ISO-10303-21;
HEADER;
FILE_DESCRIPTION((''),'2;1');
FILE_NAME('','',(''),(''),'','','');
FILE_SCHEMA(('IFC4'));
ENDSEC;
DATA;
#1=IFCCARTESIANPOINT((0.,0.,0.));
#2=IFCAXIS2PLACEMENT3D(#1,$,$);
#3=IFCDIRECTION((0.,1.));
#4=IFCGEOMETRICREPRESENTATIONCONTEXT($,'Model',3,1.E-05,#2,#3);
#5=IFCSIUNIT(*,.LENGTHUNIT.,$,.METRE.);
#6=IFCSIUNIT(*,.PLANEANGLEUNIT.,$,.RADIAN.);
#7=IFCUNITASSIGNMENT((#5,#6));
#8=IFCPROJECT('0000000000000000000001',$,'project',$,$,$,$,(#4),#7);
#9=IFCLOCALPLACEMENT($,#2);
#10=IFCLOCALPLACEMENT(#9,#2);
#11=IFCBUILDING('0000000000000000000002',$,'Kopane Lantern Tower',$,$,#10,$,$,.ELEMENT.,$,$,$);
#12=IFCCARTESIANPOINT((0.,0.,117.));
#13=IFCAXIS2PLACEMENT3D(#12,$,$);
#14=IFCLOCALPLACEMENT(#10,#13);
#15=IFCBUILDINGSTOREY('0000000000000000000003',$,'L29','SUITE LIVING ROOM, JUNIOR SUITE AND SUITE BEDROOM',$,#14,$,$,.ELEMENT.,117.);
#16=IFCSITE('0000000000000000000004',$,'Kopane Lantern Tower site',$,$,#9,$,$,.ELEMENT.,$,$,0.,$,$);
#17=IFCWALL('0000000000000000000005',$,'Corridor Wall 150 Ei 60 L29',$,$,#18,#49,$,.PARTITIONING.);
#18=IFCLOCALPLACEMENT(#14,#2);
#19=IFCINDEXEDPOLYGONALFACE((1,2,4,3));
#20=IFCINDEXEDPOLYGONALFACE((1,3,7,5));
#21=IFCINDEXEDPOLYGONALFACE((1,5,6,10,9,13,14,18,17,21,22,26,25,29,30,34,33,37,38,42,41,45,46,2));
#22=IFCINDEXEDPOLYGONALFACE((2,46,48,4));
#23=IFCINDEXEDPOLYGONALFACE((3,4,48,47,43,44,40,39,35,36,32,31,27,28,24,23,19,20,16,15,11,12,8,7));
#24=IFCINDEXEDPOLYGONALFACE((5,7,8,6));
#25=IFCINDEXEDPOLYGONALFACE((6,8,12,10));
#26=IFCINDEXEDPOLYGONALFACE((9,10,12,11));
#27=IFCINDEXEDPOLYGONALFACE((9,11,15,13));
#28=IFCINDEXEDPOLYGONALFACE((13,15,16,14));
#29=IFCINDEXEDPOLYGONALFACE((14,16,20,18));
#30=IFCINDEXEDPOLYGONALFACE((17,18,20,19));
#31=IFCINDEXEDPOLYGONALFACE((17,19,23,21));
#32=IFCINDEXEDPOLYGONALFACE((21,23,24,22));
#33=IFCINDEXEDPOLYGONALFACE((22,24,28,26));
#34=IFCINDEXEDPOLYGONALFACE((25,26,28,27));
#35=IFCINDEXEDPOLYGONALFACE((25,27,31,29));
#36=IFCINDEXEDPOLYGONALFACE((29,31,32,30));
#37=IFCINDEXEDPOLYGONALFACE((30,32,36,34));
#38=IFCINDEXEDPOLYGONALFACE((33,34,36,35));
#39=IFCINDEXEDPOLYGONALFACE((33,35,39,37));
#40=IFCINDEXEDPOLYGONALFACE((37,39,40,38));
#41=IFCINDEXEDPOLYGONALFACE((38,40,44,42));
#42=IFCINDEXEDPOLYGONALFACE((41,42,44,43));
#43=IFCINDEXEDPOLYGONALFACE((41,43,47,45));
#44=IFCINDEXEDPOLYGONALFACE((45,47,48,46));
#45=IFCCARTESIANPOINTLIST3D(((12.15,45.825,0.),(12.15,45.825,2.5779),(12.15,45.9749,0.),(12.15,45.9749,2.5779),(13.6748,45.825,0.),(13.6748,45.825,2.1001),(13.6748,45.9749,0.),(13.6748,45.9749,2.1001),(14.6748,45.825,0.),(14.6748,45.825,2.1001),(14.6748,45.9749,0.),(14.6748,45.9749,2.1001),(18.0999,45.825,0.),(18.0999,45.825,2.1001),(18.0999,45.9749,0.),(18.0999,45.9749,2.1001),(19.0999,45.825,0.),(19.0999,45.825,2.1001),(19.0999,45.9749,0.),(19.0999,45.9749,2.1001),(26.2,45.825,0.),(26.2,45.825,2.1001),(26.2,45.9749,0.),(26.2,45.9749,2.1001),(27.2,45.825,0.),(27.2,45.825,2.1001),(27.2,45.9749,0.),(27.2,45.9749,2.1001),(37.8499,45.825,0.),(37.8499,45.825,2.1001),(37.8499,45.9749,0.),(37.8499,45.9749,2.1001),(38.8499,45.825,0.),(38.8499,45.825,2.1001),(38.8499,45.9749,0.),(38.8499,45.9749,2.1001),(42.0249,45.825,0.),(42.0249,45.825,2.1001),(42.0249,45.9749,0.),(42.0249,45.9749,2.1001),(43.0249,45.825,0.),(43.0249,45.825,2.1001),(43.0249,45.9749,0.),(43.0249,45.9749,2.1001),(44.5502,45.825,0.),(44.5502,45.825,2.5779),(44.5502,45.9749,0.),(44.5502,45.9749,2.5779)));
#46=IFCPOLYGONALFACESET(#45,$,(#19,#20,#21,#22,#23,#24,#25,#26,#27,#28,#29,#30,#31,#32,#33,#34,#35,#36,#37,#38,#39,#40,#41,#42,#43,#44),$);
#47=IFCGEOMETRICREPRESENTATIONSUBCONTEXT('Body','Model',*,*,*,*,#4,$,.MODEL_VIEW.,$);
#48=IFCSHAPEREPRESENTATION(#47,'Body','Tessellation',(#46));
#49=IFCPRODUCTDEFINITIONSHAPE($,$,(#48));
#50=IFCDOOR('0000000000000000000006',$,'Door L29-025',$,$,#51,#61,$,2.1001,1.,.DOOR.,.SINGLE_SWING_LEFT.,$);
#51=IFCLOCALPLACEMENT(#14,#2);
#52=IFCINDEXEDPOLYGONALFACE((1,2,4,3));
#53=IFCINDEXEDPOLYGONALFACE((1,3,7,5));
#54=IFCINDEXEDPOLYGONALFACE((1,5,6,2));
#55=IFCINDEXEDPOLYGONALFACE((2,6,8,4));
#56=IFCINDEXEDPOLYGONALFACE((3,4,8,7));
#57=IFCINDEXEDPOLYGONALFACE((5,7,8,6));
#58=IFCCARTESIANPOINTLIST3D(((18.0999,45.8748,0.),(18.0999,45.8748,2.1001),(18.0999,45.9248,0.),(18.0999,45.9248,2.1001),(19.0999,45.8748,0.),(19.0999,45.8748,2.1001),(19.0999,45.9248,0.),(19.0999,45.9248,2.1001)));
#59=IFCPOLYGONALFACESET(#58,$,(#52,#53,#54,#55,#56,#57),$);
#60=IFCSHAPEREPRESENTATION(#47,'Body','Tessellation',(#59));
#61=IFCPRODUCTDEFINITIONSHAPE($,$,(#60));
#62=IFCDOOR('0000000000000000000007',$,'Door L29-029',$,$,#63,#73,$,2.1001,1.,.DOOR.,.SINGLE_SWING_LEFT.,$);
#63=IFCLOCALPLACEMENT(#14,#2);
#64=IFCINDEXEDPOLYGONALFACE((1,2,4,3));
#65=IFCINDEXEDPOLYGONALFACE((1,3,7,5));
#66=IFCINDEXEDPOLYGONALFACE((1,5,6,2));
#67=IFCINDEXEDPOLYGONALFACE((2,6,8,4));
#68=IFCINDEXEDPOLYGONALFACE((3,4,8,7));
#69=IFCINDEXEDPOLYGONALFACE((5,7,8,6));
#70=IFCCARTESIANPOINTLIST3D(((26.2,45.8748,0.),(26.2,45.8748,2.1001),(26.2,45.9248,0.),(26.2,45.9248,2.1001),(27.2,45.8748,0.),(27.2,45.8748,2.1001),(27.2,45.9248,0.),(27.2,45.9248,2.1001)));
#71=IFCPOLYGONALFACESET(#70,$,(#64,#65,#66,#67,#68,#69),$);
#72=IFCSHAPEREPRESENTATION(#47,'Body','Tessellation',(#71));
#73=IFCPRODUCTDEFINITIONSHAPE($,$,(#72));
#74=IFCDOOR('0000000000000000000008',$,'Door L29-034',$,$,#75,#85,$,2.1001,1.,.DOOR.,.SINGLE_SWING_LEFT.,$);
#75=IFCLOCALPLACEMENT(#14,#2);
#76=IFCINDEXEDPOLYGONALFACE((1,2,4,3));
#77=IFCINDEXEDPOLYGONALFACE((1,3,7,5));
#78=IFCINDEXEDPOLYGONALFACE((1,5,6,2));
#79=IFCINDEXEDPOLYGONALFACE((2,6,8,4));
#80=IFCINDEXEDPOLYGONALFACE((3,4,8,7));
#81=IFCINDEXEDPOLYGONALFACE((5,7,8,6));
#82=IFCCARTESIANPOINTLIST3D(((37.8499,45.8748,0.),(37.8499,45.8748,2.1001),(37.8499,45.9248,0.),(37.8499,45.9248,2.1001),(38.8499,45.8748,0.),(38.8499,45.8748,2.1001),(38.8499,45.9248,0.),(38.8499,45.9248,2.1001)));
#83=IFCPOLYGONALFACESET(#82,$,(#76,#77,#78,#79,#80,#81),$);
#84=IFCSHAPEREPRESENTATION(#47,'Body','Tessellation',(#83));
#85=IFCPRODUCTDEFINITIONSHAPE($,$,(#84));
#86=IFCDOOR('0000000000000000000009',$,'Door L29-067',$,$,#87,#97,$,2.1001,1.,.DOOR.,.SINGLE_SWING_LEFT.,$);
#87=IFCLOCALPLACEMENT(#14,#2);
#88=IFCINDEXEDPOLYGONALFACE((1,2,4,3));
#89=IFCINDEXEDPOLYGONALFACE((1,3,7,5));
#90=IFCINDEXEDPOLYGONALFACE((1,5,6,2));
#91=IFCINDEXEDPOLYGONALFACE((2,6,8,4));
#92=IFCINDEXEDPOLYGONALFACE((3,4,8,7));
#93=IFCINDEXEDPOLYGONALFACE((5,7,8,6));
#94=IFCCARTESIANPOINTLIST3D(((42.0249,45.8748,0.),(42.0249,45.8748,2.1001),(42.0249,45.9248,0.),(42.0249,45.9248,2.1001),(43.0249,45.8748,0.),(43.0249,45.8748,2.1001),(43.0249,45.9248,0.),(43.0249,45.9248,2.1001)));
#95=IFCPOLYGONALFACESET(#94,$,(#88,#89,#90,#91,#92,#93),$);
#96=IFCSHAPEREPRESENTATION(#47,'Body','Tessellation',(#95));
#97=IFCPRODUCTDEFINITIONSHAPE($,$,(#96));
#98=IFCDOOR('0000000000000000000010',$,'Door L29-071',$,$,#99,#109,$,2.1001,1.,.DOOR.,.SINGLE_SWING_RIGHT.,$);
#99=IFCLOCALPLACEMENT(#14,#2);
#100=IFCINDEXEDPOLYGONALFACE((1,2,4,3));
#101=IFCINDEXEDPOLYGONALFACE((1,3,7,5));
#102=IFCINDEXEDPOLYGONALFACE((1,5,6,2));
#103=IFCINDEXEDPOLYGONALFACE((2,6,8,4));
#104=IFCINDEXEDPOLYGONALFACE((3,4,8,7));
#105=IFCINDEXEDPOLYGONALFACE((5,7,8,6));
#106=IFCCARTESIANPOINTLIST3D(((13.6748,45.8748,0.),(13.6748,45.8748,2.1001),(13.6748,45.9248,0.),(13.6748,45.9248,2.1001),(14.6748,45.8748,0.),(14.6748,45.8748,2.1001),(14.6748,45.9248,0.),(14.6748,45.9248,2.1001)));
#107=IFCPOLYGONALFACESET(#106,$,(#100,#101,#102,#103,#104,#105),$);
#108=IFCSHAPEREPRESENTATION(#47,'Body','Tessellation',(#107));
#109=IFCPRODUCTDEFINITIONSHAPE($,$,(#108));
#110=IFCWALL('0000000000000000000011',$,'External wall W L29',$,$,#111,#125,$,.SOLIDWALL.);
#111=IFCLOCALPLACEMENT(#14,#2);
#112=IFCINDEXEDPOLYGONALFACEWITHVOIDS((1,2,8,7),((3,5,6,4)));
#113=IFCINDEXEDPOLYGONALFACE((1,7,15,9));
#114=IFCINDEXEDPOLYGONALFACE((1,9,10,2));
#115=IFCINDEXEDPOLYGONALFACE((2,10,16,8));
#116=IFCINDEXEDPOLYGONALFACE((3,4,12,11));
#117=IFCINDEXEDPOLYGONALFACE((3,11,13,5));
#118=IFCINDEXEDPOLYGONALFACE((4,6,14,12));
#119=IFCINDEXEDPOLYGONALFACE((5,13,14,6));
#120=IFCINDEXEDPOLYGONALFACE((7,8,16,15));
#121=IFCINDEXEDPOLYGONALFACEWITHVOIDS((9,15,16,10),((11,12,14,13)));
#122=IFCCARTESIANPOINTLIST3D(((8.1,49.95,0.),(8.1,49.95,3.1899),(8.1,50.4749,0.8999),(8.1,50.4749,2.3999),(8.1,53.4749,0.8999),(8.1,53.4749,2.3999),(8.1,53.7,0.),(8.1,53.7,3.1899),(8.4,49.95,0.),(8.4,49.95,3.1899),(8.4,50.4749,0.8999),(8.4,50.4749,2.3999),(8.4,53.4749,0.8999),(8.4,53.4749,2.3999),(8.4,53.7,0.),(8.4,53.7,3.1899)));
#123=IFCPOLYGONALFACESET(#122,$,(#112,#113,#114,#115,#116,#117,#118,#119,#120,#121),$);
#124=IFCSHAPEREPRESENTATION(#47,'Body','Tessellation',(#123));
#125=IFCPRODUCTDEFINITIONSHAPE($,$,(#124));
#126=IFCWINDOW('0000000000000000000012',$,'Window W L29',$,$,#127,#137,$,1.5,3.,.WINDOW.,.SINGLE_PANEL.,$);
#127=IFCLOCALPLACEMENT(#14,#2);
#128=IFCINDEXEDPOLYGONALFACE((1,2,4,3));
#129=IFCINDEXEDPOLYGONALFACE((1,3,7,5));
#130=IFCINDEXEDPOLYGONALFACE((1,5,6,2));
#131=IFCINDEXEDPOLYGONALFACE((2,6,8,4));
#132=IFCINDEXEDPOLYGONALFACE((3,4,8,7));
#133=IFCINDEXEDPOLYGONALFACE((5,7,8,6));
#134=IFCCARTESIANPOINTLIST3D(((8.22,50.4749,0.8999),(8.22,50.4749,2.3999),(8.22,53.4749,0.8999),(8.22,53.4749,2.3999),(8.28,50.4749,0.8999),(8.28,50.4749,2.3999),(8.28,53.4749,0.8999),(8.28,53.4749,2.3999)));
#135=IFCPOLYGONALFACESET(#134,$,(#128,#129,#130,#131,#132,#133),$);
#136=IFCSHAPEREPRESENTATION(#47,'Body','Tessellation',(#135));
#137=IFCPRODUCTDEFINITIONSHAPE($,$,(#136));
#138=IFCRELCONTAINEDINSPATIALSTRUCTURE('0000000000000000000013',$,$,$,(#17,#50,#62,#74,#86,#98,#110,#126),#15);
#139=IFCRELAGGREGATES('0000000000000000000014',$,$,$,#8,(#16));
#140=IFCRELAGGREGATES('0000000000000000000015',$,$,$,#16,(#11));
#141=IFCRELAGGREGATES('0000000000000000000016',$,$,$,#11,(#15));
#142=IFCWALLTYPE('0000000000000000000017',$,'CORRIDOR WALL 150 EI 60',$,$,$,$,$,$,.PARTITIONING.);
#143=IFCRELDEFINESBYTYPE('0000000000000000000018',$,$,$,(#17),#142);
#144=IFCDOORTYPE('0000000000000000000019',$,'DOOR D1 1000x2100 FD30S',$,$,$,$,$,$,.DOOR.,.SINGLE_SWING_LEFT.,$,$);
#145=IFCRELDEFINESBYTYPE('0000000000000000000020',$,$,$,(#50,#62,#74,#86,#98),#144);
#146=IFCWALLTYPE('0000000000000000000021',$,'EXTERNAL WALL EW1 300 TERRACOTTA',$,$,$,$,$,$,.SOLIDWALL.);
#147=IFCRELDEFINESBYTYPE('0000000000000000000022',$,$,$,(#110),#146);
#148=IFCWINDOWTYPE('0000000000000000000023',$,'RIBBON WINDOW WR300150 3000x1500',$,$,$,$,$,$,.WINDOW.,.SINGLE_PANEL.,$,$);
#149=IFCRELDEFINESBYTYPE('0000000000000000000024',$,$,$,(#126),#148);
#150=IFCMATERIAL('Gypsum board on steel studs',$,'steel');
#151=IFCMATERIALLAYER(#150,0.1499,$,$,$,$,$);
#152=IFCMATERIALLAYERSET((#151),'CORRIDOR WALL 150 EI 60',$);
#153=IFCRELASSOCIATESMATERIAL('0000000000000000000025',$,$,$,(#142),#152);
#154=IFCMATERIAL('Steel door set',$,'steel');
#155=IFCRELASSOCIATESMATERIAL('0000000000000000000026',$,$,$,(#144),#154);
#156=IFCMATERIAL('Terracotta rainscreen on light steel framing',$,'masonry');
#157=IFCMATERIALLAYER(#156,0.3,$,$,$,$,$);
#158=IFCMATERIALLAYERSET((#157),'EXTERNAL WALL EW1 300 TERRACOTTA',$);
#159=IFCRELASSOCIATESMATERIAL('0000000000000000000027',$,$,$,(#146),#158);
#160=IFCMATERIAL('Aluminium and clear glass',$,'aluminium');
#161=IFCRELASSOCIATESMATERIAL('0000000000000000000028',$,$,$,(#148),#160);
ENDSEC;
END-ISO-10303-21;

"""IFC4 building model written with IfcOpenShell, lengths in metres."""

from ifc_helpers import new_model, si_unit, direction, frame, frame_2d, origin, place, context, subcontext, project, spatial, rectangle, extrude, material, layer, layer_set, type_object, element, fill, save


model = new_model("IFC4")

# Units and contexts
model_context = context("Model", 3, precision=1e-05, world=origin(), true_north=direction((0.0, 1.0)))
body_context = subcontext(model_context, "Body", "Model", "MODEL_VIEW")
ifc_project = project(units=[si_unit("LENGTHUNIT", "METRE"), si_unit("PLANEANGLEUNIT", "RADIAN")], contexts=[model_context])

# Site, building, storey
site_placement = place(None, origin())
site = spatial("IfcSite", under=ifc_project, at=site_placement, Name="Kopane Lantern Tower site", CompositionType="ELEMENT", RefElevation=0.0)
building_placement = place(site_placement, origin())
building = spatial("IfcBuilding", under=site, at=building_placement, Name="Kopane Lantern Tower", CompositionType="ELEMENT")
storey_placement = place(building_placement, frame((0.0, 0.0, 117.0)))
storey = spatial("IfcBuildingStorey", under=building, at=storey_placement, Name="L29", Description="SUITE LIVING ROOM, JUNIOR SUITE AND SUITE BEDROOM", CompositionType="ELEMENT", Elevation=117.0)

# Wall, openings, doors
ifc_material_1 = material(Name="Gypsum board on steel studs", Category="steel")
ifc_layer_1 = layer(ifc_material_1, 0.1499)
ifc_layer_set_1 = layer_set([ifc_layer_1], Name="CORRIDOR WALL 150 EI 60")
wall_type_1 = type_object("IfcWallType", Name="CORRIDOR WALL 150 EI 60", PredefinedType="PARTITIONING", material=ifc_layer_set_1)
wall_1_placement = place(storey_placement, frame((12.1499, 45.8999, 0.0), z_axis=(0.0, 0.0, 1.0), x_axis=(1.0, 0.0, 0.0)))
wall_1 = element("IfcWall", 1, at=wall_1_placement, inside=storey, type_object=wall_type_1, Name="Corridor Wall 150 Ei 60 L29", PredefinedType="PARTITIONING", context=body_context, shape_type="SweptSolid", body=[
    extrude(rectangle(XDim=32.4001, YDim=0.1499, at=frame_2d((16.2002, 0.0))), origin(), (0.0, 0.0, 1.0), 2.5779),
])
opening_1_placement = place(wall_1_placement, frame((5.95, 0.0, 0.0)))
opening_1 = element("IfcOpeningElement", 2, at=opening_1_placement, cuts=wall_1, PredefinedType="OPENING", context=body_context, shape_type="SweptSolid", body=[
    extrude(rectangle(XDim=1.0, YDim=2.1001, at=frame_2d((0.5, 1.05))), frame((0.0, 0.085, 0.0), z_axis=(0.0, -1.0, 0.0), x_axis=(1.0, 0.0, 0.0)), (0.0, 0.0, 1.0), 0.1699),
])
opening_2_placement = place(wall_1_placement, frame((14.05, 0.0, 0.0)))
opening_2 = element("IfcOpeningElement", 3, at=opening_2_placement, cuts=wall_1, PredefinedType="OPENING", context=body_context, shape_type="SweptSolid", body=[
    extrude(rectangle(XDim=1.0, YDim=2.1001, at=frame_2d((0.5, 1.05))), frame((0.0, 0.085, 0.0), z_axis=(0.0, -1.0, 0.0), x_axis=(1.0, 0.0, 0.0)), (0.0, 0.0, 1.0), 0.1699),
])
opening_3_placement = place(wall_1_placement, frame((25.7, 0.0, 0.0)))
opening_3 = element("IfcOpeningElement", 4, at=opening_3_placement, cuts=wall_1, PredefinedType="OPENING", context=body_context, shape_type="SweptSolid", body=[
    extrude(rectangle(XDim=1.0, YDim=2.1001, at=frame_2d((0.5, 1.05))), frame((0.0, 0.085, 0.0), z_axis=(0.0, -1.0, 0.0), x_axis=(1.0, 0.0, 0.0)), (0.0, 0.0, 1.0), 0.1699),
])
opening_4_placement = place(wall_1_placement, frame((29.875, 0.0, 0.0)))
opening_4 = element("IfcOpeningElement", 5, at=opening_4_placement, cuts=wall_1, PredefinedType="OPENING", context=body_context, shape_type="SweptSolid", body=[
    extrude(rectangle(XDim=1.0, YDim=2.1001, at=frame_2d((0.5, 1.05))), frame((0.0, 0.085, 0.0), z_axis=(0.0, -1.0, 0.0), x_axis=(1.0, 0.0, 0.0)), (0.0, 0.0, 1.0), 0.1699),
])
opening_5_placement = place(wall_1_placement, frame((1.5249, 0.0, 0.0)))
opening_5 = element("IfcOpeningElement", 6, at=opening_5_placement, cuts=wall_1, PredefinedType="OPENING", context=body_context, shape_type="SweptSolid", body=[
    extrude(rectangle(XDim=1.0, YDim=2.1001, at=frame_2d((0.5, 1.05))), frame((0.0, 0.085, 0.0), z_axis=(0.0, -1.0, 0.0), x_axis=(1.0, 0.0, 0.0)), (0.0, 0.0, 1.0), 0.1699),
])
ifc_material_2 = material(Name="Steel door set", Category="steel")
door_type_1 = type_object("IfcDoorType", Name="DOOR D1 1000x2100 FD30S", OperationType="SINGLE_SWING_LEFT", PredefinedType="DOOR", material=ifc_material_2)
door_1_placement = place(opening_1_placement, origin())
door_1 = element("IfcDoor", 7, at=door_1_placement, inside=storey, type_object=door_type_1, Name="Door L29-025", OperationType="SINGLE_SWING_LEFT", OverallHeight=2.1001, OverallWidth=1.0, PredefinedType="DOOR", context=body_context, shape_type="SweptSolid", body=[
    extrude(rectangle(XDim=1.0, YDim=2.1001, at=frame_2d((0.5, 1.05))), frame((0.0, 0.0249, 0.0), z_axis=(0.0, -1.0, 0.0), x_axis=(1.0, 0.0, 0.0)), (0.0, 0.0, 1.0), 0.05),
])
fill(opening_1, door_1)
door_2_placement = place(opening_2_placement, origin())
door_2 = element("IfcDoor", 8, at=door_2_placement, inside=storey, type_object=door_type_1, Name="Door L29-029", OperationType="SINGLE_SWING_LEFT", OverallHeight=2.1001, OverallWidth=1.0, PredefinedType="DOOR", context=body_context, shape_type="SweptSolid", body=[
    extrude(rectangle(XDim=1.0, YDim=2.1001, at=frame_2d((0.5, 1.05))), frame((0.0, 0.0249, 0.0), z_axis=(0.0, -1.0, 0.0), x_axis=(1.0, 0.0, 0.0)), (0.0, 0.0, 1.0), 0.05),
])
fill(opening_2, door_2)
door_3_placement = place(opening_3_placement, origin())
door_3 = element("IfcDoor", 9, at=door_3_placement, inside=storey, type_object=door_type_1, Name="Door L29-034", OperationType="SINGLE_SWING_LEFT", OverallHeight=2.1001, OverallWidth=1.0, PredefinedType="DOOR", context=body_context, shape_type="SweptSolid", body=[
    extrude(rectangle(XDim=1.0, YDim=2.1001, at=frame_2d((0.5, 1.05))), frame((0.0, 0.0249, 0.0), z_axis=(0.0, -1.0, 0.0), x_axis=(1.0, 0.0, 0.0)), (0.0, 0.0, 1.0), 0.05),
])
fill(opening_3, door_3)
door_4_placement = place(opening_4_placement, origin())
door_4 = element("IfcDoor", 10, at=door_4_placement, inside=storey, type_object=door_type_1, Name="Door L29-067", OperationType="SINGLE_SWING_LEFT", OverallHeight=2.1001, OverallWidth=1.0, PredefinedType="DOOR", context=body_context, shape_type="SweptSolid", body=[
    extrude(rectangle(XDim=1.0, YDim=2.1001, at=frame_2d((0.5, 1.05))), frame((0.0, 0.0249, 0.0), z_axis=(0.0, -1.0, 0.0), x_axis=(1.0, 0.0, 0.0)), (0.0, 0.0, 1.0), 0.05),
])
fill(opening_4, door_4)
door_5_placement = place(opening_5_placement, origin())
door_5 = element("IfcDoor", 11, at=door_5_placement, inside=storey, type_object=door_type_1, Name="Door L29-071", OperationType="SINGLE_SWING_RIGHT", OverallHeight=2.1001, OverallWidth=1.0, PredefinedType="DOOR", context=body_context, shape_type="SweptSolid", body=[
    extrude(rectangle(XDim=1.0, YDim=2.1001, at=frame_2d((0.5, 1.05))), frame((0.0, 0.0249, 0.0), z_axis=(0.0, -1.0, 0.0), x_axis=(1.0, 0.0, 0.0)), (0.0, 0.0, 1.0), 0.05),
])
fill(opening_5, door_5)

# Wall, opening, window
ifc_material_3 = material(Name="Terracotta rainscreen on light steel framing", Category="masonry")
ifc_layer_2 = layer(ifc_material_3, 0.3)
ifc_layer_set_2 = layer_set([ifc_layer_2], Name="EXTERNAL WALL EW1 300 TERRACOTTA")
wall_type_2 = type_object("IfcWallType", Name="EXTERNAL WALL EW1 300 TERRACOTTA", PredefinedType="SOLIDWALL", material=ifc_layer_set_2)
wall_2_placement = place(storey_placement, frame((8.25, 53.7, 0.0), z_axis=(0.0, 0.0, 1.0), x_axis=(0.0, -1.0, 0.0)))
wall_2 = element("IfcWall", 12, at=wall_2_placement, inside=storey, type_object=wall_type_2, Name="External wall W L29", PredefinedType="SOLIDWALL", context=body_context, shape_type="SweptSolid", body=[
    extrude(rectangle(XDim=3.75, YDim=0.3, at=frame_2d((1.875, 0.0))), origin(), (0.0, 0.0, 1.0), 3.1899),
])
opening_6_placement = place(wall_2_placement, frame((0.2251, 0.0, 0.8999)))
opening_6 = element("IfcOpeningElement", 13, at=opening_6_placement, cuts=wall_2, PredefinedType="OPENING", context=body_context, shape_type="SweptSolid", body=[
    extrude(rectangle(XDim=3.0, YDim=1.5, at=frame_2d((1.5, 0.75))), frame((0.0, 0.1599, 0.0), z_axis=(0.0, -1.0, 0.0), x_axis=(1.0, 0.0, 0.0)), (0.0, 0.0, 1.0), 0.3201),
])
ifc_material_4 = material(Name="Aluminium and clear glass", Category="aluminium")
window_type = type_object("IfcWindowType", Name="RIBBON WINDOW WR300150 3000x1500", PartitioningType="SINGLE_PANEL", PredefinedType="WINDOW", material=ifc_material_4)
window_1_placement = place(opening_6_placement, origin())
window_1 = element("IfcWindow", 14, at=window_1_placement, inside=storey, type_object=window_type, Name="Window W L29", OverallHeight=1.5, OverallWidth=3.0, PartitioningType="SINGLE_PANEL", PredefinedType="WINDOW", context=body_context, shape_type="SweptSolid", body=[
    extrude(rectangle(XDim=3.0, YDim=1.5, at=frame_2d((1.5, 0.75))), frame((0.0, 0.03, 0.0), z_axis=(0.0, -1.0, 0.0), x_axis=(1.0, 0.0, 0.0)), (0.0, 0.0, 1.0), 0.0601),
])
fill(opening_6, window_1)

save(model, "model.ifc")
